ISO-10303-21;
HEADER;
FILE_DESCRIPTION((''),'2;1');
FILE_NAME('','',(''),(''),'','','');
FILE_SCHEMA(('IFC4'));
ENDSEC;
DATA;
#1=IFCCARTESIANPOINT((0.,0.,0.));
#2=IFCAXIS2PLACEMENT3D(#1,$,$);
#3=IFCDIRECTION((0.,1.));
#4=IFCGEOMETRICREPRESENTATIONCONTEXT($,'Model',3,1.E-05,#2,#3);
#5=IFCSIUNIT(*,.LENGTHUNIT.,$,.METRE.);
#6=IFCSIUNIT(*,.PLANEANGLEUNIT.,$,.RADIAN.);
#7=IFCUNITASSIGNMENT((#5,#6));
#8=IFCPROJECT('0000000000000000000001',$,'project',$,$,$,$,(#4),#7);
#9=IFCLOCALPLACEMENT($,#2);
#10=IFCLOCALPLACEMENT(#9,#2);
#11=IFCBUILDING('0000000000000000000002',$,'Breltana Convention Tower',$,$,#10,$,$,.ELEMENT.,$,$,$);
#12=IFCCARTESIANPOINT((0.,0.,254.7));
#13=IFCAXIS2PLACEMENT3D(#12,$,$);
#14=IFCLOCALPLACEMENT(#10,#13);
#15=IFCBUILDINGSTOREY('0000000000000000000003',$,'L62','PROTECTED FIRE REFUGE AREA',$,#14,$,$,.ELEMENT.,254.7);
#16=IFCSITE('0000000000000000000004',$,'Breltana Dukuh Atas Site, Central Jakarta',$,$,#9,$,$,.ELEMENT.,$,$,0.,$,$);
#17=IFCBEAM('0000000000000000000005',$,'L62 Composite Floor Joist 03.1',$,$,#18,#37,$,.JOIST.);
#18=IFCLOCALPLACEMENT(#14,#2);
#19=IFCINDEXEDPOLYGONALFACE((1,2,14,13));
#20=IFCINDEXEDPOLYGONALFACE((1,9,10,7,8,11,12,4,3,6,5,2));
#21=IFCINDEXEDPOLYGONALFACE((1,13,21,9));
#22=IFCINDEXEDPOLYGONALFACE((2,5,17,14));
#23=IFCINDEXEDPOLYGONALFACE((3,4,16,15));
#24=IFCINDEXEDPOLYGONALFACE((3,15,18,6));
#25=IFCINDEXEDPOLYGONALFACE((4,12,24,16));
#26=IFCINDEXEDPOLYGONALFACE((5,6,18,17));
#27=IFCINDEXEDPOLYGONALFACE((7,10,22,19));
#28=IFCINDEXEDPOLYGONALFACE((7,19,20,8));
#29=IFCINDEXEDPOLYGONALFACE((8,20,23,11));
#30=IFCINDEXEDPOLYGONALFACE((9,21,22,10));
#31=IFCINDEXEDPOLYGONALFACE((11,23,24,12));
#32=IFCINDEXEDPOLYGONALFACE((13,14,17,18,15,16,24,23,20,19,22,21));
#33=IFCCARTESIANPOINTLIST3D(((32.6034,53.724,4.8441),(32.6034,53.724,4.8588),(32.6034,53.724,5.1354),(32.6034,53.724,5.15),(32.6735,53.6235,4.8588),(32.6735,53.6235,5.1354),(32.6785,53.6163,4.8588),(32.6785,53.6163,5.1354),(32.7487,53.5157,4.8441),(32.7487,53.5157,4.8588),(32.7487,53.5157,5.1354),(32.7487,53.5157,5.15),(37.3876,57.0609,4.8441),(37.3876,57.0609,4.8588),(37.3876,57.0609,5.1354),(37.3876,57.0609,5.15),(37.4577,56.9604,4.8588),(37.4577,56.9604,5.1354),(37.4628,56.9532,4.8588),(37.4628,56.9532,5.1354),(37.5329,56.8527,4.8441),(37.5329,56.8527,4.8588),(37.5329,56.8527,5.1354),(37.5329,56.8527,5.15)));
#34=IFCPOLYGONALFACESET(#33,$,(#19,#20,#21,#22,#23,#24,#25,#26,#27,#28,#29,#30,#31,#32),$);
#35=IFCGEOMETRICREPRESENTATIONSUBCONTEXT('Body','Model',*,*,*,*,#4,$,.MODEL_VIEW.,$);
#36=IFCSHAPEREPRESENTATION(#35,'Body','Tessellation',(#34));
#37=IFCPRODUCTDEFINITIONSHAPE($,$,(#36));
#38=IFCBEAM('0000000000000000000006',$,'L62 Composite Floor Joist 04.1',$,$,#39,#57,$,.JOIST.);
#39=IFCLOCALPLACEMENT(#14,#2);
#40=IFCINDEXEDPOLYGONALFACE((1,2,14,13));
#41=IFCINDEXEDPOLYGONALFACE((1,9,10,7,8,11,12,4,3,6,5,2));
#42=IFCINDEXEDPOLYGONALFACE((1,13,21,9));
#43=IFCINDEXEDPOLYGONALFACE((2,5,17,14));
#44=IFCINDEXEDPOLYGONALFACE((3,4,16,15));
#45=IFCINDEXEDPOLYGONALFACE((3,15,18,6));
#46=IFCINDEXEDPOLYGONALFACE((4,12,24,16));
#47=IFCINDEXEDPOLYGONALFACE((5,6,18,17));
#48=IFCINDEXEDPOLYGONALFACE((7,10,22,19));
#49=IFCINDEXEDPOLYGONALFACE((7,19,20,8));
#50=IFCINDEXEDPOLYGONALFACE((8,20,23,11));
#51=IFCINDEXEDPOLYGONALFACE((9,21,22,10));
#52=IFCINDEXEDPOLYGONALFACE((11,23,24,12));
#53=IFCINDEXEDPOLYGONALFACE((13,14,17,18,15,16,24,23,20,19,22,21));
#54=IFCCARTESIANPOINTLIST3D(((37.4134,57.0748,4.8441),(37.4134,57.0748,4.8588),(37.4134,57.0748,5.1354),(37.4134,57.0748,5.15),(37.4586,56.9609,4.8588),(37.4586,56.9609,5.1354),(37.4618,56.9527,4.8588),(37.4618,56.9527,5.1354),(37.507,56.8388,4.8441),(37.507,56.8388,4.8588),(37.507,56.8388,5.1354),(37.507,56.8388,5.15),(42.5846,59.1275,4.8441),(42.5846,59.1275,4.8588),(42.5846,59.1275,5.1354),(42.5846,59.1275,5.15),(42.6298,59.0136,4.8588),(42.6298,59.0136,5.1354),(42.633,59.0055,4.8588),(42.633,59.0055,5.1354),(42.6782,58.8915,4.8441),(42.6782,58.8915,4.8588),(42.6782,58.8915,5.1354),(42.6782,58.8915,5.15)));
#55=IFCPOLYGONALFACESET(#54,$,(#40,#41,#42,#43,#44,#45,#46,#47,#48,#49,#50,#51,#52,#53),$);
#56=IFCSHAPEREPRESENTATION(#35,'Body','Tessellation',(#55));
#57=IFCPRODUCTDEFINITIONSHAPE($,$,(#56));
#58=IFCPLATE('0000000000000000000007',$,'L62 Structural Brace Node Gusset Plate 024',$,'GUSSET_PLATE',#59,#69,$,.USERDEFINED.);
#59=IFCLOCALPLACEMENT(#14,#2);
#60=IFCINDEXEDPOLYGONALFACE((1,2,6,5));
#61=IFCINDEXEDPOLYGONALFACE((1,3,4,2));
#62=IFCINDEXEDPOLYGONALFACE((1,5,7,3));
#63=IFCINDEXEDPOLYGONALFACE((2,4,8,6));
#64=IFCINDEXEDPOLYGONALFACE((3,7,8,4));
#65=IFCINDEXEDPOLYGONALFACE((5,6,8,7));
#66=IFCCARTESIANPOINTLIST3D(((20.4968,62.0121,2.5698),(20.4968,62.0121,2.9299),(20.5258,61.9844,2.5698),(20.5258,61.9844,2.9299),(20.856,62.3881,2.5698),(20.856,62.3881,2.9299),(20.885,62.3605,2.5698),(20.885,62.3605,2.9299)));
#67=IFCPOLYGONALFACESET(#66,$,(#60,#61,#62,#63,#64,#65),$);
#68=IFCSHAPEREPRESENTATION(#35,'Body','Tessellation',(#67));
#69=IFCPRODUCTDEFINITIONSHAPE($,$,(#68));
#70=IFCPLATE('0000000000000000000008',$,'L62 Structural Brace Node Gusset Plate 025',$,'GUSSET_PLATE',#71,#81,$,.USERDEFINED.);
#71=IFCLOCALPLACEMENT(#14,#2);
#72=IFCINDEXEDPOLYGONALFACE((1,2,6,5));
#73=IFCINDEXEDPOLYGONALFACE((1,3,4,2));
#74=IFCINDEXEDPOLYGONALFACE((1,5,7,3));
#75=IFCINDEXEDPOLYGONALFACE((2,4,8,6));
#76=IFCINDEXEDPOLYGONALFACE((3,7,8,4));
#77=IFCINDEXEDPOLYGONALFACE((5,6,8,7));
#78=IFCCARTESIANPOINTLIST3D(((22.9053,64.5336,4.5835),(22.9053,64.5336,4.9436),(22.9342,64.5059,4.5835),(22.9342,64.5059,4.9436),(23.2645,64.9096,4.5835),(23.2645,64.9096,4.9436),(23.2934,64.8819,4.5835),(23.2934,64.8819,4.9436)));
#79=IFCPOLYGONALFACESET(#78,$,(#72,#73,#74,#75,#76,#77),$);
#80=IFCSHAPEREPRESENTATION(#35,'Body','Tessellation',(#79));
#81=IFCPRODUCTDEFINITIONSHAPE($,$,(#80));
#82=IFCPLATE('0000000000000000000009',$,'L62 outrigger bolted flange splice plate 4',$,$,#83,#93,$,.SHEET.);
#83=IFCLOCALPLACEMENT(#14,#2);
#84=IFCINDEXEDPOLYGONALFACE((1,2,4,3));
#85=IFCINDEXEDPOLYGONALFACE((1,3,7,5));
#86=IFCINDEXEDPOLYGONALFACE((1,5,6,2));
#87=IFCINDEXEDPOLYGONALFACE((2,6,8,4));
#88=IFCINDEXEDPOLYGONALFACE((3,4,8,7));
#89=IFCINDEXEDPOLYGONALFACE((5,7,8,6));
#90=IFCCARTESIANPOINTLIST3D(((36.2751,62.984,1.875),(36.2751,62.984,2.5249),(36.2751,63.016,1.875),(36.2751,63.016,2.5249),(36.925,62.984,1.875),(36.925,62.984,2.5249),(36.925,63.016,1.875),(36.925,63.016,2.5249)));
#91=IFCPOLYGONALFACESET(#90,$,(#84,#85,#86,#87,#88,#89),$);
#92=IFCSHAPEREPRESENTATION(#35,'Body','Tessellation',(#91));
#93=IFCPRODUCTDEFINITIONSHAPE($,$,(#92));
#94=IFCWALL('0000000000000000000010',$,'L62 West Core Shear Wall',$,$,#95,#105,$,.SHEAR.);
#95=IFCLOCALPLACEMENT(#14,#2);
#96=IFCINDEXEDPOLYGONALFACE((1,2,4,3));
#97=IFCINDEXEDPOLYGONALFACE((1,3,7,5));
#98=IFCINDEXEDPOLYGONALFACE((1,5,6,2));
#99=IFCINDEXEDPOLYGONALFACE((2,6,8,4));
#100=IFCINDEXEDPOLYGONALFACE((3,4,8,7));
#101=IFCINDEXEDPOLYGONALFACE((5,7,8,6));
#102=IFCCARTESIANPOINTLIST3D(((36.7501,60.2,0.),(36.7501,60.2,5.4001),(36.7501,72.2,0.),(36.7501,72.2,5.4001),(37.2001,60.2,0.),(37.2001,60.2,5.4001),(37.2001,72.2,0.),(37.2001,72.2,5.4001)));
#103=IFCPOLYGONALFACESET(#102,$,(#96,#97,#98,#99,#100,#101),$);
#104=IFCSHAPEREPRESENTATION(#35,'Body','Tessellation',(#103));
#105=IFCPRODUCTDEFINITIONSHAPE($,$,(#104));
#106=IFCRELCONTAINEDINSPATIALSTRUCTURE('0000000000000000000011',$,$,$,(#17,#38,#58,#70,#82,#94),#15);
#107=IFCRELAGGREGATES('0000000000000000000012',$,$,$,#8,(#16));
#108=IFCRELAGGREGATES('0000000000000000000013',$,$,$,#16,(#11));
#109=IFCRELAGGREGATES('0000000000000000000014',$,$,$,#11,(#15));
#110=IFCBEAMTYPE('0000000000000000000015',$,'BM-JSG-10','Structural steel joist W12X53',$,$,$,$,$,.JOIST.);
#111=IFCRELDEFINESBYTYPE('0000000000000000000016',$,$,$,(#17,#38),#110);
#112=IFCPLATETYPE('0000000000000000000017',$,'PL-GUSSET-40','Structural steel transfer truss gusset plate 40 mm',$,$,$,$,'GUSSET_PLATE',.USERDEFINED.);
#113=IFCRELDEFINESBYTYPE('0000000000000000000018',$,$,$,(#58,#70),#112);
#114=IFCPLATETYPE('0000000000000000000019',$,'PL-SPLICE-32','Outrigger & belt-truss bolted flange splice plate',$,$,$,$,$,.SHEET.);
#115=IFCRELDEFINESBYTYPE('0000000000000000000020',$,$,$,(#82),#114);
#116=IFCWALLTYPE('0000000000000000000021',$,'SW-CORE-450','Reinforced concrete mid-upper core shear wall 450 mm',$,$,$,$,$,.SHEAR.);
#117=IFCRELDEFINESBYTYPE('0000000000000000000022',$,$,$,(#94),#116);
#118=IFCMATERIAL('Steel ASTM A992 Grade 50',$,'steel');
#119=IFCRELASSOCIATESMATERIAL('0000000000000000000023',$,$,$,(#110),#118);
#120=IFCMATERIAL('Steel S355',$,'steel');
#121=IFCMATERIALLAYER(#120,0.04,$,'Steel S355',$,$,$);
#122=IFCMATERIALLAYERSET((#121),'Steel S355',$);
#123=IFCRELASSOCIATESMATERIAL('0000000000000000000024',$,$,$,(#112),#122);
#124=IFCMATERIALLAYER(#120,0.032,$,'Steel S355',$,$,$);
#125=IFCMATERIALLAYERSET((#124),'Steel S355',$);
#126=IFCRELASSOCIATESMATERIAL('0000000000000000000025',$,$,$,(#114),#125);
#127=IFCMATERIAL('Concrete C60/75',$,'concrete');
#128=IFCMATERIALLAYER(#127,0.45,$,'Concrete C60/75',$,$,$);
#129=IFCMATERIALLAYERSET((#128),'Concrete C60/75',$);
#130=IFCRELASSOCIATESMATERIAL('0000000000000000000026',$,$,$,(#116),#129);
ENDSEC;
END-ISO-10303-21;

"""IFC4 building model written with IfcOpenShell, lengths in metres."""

from ifc_helpers import new_model, si_unit, direction, frame, frame_2d, origin, origin_2d, place, context, subcontext, project, spatial, rectangle, i_section, extrude, source, transform, mapped, material, layer, layer_set, material_profile, profile_set, type_object, type_shapes, element, save


model = new_model("IFC4")

# Units and contexts
model_context = context("Model", 3, precision=1e-05, world=origin(), true_north=direction((0.0, 1.0)))
body_context = subcontext(model_context, "Body", "Model", "MODEL_VIEW")
ifc_project = project(units=[si_unit("LENGTHUNIT", "METRE"), si_unit("PLANEANGLEUNIT", "RADIAN")], contexts=[model_context])

# Site, building, storey
site_placement = place(None, origin())
site = spatial("IfcSite", under=ifc_project, at=site_placement, Name="Breltana Dukuh Atas Site, Central Jakarta", CompositionType="ELEMENT", RefElevation=0.0)
building_placement = place(site_placement, origin())
building = spatial("IfcBuilding", under=site, at=building_placement, Name="Breltana Convention Tower", CompositionType="ELEMENT")
storey_placement = place(building_placement, frame((0.0, 0.0, 254.7)))
storey = spatial("IfcBuildingStorey", under=building, at=storey_placement, Name="L62", Description="PROTECTED FIRE REFUGE AREA", CompositionType="ELEMENT", Elevation=254.7)

# Shared definitions
ifc_material_1 = material(Name="Steel ASTM A992 Grade 50", Category="steel")

# Beams
ifc_material_profile_1 = material_profile(ifc_material_1, i_section(OverallWidth=0.2539, OverallDepth=0.3059, WebThickness=0.0088, FlangeThickness=0.0146, at=origin_2d()), Name="W12X53")
ifc_profile_set_1 = profile_set([ifc_material_profile_1], Name="Steel ASTM A992 Grade 50")
beam_type_1 = type_object("IfcBeamType", Name="BM-JSG-10", Description="Structural steel joist W12X53", PredefinedType="JOIST", material=ifc_profile_set_1)
shared_shape_1 = source(origin(), body_context, "Body", "SweptSolid", [
    extrude(i_section(OverallWidth=0.2539, OverallDepth=0.3059, WebThickness=0.0088, FlangeThickness=0.0146, at=origin_2d()), origin(), (0.0, 0.0, 1.0), 5.833),
])
beam_1_placement = place(storey_placement, frame((32.676, 53.6199, 4.9971), z_axis=(0.820198, 0.572079, 0.0), x_axis=(-0.572079, 0.820198, 0.0)))
element("IfcBeam", 1, at=beam_1_placement, inside=storey, type_object=beam_type_1, Name="L62 Composite Floor Joist 03.1", PredefinedType="JOIST", context=body_context, shape_type="MappedRepresentation", body=[
    mapped(shared_shape_1, transform((0.0, 0.0, 0.0), scale=1.0)),
])
shared_shape_2 = source(origin(), body_context, "Body", "SweptSolid", [
    extrude(i_section(OverallWidth=0.2539, OverallDepth=0.3059, WebThickness=0.0088, FlangeThickness=0.0146, at=origin_2d()), origin(), (0.0, 0.0, 1.0), 5.5637),
])
beam_2_placement = place(storey_placement, frame((37.4602, 56.9568, 4.9971), z_axis=(0.929448, 0.368953, 0.0), x_axis=(-0.368953, 0.929448, 0.0)))
element("IfcBeam", 2, at=beam_2_placement, inside=storey, type_object=beam_type_1, Name="L62 Composite Floor Joist 04.1", PredefinedType="JOIST", context=body_context, shape_type="MappedRepresentation", body=[
    mapped(shared_shape_2, transform((0.0, 0.0, 0.0), scale=1.0)),
])

# Plates
ifc_material_2 = material(Name="Steel S355", Category="steel")
ifc_layer_1 = layer(ifc_material_2, 0.04, Name="Steel S355")
ifc_layer_set_1 = layer_set([ifc_layer_1], Name="Steel S355")
plate_type_1 = type_object("IfcPlateType", Name="PL-GUSSET-40", Description="Structural steel transfer truss gusset plate 40 mm", ElementType="GUSSET_PLATE", PredefinedType="USERDEFINED", material=ifc_layer_set_1)
shared_shape_3 = source(origin(), body_context, "Body", "SweptSolid", [
    extrude(rectangle(XDim=0.52, YDim=0.04, at=origin_2d()), origin(), (0.0, 0.0, 1.0), 0.3601),
])
for number, where, z_axis, x_axis, name in (
    (3, (20.6909, 62.1863, 2.5698), (0.0, 0.0, 1.0), (0.690756, 0.723088, 0.0), "L62 Structural Brace Node Gusset Plate 024"),
    (4, (23.0994, 64.7078, 4.5835), (0.0, 0.0, 1.0), (0.690756, 0.723088, 0.0), "L62 Structural Brace Node Gusset Plate 025"),
):
    element("IfcPlate", number, at=place(storey_placement, frame(where, z_axis=z_axis, x_axis=x_axis)), inside=storey, type_object=plate_type_1, Name=name, ObjectType="GUSSET_PLATE", PredefinedType="USERDEFINED", context=body_context, shape_type="MappedRepresentation", body=[
        mapped(shared_shape_3, transform((0.0, 0.0, 0.0), scale=1.0)),
    ])
ifc_layer_2 = layer(ifc_material_2, 0.032, Name="Steel S355")
ifc_layer_set_2 = layer_set([ifc_layer_2], Name="Steel S355")
plate_type_2 = type_object("IfcPlateType", Name="PL-SPLICE-32", Description="Outrigger & belt-truss bolted flange splice plate", PredefinedType="SHEET", material=ifc_layer_set_2)
shared_shape_4 = source(origin(), body_context, "Body", "SweptSolid", [
    extrude(rectangle(XDim=0.6499, YDim=0.032, at=origin_2d()), origin(), (0.0, 0.0, 1.0), 0.6499),
])
type_shapes(plate_type_2, [shared_shape_4])
plate_placement = place(storey_placement, frame((36.6001, 63.0, 1.875), z_axis=(0.0, 0.0, 1.0), x_axis=(1.0, 0.0, 0.0)))
element("IfcPlate", 5, at=plate_placement, inside=storey, type_object=plate_type_2, Name="L62 outrigger bolted flange splice plate 4", PredefinedType="SHEET", context=body_context, shape_type="MappedRepresentation", body=[
    mapped(shared_shape_4, transform((0.0, 0.0, 0.0), scale=1.0)),
])

# Wall
ifc_material_3 = material(Name="Concrete C60/75", Category="concrete")
ifc_layer_3 = layer(ifc_material_3, 0.45, Name="Concrete C60/75")
ifc_layer_set_3 = layer_set([ifc_layer_3], Name="Concrete C60/75")
wall_type_1 = type_object("IfcWallType", Name="SW-CORE-450", Description="Reinforced concrete mid-upper core shear wall 450 mm", PredefinedType="SHEAR", material=ifc_layer_set_3)
shared_shape_5 = source(origin(), body_context, "Body", "SweptSolid", [
    extrude(rectangle(XDim=12.0, YDim=0.45, at=frame_2d((6.0, 0.0))), origin(), (0.0, 0.0, 1.0), 5.4001),
])
wall_1_placement = place(storey_placement, frame((36.9751, 60.2, 0.0), z_axis=(0.0, 0.0, 1.0), x_axis=(0.0, 1.0, 0.0)))
element("IfcWall", 6, at=wall_1_placement, inside=storey, type_object=wall_type_1, Name="L62 West Core Shear Wall", PredefinedType="SHEAR", context=body_context, shape_type="MappedRepresentation", body=[
    mapped(shared_shape_5, transform((0.0, 0.0, 0.0), scale=1.0)),
])

save(model, "model.ifc")
